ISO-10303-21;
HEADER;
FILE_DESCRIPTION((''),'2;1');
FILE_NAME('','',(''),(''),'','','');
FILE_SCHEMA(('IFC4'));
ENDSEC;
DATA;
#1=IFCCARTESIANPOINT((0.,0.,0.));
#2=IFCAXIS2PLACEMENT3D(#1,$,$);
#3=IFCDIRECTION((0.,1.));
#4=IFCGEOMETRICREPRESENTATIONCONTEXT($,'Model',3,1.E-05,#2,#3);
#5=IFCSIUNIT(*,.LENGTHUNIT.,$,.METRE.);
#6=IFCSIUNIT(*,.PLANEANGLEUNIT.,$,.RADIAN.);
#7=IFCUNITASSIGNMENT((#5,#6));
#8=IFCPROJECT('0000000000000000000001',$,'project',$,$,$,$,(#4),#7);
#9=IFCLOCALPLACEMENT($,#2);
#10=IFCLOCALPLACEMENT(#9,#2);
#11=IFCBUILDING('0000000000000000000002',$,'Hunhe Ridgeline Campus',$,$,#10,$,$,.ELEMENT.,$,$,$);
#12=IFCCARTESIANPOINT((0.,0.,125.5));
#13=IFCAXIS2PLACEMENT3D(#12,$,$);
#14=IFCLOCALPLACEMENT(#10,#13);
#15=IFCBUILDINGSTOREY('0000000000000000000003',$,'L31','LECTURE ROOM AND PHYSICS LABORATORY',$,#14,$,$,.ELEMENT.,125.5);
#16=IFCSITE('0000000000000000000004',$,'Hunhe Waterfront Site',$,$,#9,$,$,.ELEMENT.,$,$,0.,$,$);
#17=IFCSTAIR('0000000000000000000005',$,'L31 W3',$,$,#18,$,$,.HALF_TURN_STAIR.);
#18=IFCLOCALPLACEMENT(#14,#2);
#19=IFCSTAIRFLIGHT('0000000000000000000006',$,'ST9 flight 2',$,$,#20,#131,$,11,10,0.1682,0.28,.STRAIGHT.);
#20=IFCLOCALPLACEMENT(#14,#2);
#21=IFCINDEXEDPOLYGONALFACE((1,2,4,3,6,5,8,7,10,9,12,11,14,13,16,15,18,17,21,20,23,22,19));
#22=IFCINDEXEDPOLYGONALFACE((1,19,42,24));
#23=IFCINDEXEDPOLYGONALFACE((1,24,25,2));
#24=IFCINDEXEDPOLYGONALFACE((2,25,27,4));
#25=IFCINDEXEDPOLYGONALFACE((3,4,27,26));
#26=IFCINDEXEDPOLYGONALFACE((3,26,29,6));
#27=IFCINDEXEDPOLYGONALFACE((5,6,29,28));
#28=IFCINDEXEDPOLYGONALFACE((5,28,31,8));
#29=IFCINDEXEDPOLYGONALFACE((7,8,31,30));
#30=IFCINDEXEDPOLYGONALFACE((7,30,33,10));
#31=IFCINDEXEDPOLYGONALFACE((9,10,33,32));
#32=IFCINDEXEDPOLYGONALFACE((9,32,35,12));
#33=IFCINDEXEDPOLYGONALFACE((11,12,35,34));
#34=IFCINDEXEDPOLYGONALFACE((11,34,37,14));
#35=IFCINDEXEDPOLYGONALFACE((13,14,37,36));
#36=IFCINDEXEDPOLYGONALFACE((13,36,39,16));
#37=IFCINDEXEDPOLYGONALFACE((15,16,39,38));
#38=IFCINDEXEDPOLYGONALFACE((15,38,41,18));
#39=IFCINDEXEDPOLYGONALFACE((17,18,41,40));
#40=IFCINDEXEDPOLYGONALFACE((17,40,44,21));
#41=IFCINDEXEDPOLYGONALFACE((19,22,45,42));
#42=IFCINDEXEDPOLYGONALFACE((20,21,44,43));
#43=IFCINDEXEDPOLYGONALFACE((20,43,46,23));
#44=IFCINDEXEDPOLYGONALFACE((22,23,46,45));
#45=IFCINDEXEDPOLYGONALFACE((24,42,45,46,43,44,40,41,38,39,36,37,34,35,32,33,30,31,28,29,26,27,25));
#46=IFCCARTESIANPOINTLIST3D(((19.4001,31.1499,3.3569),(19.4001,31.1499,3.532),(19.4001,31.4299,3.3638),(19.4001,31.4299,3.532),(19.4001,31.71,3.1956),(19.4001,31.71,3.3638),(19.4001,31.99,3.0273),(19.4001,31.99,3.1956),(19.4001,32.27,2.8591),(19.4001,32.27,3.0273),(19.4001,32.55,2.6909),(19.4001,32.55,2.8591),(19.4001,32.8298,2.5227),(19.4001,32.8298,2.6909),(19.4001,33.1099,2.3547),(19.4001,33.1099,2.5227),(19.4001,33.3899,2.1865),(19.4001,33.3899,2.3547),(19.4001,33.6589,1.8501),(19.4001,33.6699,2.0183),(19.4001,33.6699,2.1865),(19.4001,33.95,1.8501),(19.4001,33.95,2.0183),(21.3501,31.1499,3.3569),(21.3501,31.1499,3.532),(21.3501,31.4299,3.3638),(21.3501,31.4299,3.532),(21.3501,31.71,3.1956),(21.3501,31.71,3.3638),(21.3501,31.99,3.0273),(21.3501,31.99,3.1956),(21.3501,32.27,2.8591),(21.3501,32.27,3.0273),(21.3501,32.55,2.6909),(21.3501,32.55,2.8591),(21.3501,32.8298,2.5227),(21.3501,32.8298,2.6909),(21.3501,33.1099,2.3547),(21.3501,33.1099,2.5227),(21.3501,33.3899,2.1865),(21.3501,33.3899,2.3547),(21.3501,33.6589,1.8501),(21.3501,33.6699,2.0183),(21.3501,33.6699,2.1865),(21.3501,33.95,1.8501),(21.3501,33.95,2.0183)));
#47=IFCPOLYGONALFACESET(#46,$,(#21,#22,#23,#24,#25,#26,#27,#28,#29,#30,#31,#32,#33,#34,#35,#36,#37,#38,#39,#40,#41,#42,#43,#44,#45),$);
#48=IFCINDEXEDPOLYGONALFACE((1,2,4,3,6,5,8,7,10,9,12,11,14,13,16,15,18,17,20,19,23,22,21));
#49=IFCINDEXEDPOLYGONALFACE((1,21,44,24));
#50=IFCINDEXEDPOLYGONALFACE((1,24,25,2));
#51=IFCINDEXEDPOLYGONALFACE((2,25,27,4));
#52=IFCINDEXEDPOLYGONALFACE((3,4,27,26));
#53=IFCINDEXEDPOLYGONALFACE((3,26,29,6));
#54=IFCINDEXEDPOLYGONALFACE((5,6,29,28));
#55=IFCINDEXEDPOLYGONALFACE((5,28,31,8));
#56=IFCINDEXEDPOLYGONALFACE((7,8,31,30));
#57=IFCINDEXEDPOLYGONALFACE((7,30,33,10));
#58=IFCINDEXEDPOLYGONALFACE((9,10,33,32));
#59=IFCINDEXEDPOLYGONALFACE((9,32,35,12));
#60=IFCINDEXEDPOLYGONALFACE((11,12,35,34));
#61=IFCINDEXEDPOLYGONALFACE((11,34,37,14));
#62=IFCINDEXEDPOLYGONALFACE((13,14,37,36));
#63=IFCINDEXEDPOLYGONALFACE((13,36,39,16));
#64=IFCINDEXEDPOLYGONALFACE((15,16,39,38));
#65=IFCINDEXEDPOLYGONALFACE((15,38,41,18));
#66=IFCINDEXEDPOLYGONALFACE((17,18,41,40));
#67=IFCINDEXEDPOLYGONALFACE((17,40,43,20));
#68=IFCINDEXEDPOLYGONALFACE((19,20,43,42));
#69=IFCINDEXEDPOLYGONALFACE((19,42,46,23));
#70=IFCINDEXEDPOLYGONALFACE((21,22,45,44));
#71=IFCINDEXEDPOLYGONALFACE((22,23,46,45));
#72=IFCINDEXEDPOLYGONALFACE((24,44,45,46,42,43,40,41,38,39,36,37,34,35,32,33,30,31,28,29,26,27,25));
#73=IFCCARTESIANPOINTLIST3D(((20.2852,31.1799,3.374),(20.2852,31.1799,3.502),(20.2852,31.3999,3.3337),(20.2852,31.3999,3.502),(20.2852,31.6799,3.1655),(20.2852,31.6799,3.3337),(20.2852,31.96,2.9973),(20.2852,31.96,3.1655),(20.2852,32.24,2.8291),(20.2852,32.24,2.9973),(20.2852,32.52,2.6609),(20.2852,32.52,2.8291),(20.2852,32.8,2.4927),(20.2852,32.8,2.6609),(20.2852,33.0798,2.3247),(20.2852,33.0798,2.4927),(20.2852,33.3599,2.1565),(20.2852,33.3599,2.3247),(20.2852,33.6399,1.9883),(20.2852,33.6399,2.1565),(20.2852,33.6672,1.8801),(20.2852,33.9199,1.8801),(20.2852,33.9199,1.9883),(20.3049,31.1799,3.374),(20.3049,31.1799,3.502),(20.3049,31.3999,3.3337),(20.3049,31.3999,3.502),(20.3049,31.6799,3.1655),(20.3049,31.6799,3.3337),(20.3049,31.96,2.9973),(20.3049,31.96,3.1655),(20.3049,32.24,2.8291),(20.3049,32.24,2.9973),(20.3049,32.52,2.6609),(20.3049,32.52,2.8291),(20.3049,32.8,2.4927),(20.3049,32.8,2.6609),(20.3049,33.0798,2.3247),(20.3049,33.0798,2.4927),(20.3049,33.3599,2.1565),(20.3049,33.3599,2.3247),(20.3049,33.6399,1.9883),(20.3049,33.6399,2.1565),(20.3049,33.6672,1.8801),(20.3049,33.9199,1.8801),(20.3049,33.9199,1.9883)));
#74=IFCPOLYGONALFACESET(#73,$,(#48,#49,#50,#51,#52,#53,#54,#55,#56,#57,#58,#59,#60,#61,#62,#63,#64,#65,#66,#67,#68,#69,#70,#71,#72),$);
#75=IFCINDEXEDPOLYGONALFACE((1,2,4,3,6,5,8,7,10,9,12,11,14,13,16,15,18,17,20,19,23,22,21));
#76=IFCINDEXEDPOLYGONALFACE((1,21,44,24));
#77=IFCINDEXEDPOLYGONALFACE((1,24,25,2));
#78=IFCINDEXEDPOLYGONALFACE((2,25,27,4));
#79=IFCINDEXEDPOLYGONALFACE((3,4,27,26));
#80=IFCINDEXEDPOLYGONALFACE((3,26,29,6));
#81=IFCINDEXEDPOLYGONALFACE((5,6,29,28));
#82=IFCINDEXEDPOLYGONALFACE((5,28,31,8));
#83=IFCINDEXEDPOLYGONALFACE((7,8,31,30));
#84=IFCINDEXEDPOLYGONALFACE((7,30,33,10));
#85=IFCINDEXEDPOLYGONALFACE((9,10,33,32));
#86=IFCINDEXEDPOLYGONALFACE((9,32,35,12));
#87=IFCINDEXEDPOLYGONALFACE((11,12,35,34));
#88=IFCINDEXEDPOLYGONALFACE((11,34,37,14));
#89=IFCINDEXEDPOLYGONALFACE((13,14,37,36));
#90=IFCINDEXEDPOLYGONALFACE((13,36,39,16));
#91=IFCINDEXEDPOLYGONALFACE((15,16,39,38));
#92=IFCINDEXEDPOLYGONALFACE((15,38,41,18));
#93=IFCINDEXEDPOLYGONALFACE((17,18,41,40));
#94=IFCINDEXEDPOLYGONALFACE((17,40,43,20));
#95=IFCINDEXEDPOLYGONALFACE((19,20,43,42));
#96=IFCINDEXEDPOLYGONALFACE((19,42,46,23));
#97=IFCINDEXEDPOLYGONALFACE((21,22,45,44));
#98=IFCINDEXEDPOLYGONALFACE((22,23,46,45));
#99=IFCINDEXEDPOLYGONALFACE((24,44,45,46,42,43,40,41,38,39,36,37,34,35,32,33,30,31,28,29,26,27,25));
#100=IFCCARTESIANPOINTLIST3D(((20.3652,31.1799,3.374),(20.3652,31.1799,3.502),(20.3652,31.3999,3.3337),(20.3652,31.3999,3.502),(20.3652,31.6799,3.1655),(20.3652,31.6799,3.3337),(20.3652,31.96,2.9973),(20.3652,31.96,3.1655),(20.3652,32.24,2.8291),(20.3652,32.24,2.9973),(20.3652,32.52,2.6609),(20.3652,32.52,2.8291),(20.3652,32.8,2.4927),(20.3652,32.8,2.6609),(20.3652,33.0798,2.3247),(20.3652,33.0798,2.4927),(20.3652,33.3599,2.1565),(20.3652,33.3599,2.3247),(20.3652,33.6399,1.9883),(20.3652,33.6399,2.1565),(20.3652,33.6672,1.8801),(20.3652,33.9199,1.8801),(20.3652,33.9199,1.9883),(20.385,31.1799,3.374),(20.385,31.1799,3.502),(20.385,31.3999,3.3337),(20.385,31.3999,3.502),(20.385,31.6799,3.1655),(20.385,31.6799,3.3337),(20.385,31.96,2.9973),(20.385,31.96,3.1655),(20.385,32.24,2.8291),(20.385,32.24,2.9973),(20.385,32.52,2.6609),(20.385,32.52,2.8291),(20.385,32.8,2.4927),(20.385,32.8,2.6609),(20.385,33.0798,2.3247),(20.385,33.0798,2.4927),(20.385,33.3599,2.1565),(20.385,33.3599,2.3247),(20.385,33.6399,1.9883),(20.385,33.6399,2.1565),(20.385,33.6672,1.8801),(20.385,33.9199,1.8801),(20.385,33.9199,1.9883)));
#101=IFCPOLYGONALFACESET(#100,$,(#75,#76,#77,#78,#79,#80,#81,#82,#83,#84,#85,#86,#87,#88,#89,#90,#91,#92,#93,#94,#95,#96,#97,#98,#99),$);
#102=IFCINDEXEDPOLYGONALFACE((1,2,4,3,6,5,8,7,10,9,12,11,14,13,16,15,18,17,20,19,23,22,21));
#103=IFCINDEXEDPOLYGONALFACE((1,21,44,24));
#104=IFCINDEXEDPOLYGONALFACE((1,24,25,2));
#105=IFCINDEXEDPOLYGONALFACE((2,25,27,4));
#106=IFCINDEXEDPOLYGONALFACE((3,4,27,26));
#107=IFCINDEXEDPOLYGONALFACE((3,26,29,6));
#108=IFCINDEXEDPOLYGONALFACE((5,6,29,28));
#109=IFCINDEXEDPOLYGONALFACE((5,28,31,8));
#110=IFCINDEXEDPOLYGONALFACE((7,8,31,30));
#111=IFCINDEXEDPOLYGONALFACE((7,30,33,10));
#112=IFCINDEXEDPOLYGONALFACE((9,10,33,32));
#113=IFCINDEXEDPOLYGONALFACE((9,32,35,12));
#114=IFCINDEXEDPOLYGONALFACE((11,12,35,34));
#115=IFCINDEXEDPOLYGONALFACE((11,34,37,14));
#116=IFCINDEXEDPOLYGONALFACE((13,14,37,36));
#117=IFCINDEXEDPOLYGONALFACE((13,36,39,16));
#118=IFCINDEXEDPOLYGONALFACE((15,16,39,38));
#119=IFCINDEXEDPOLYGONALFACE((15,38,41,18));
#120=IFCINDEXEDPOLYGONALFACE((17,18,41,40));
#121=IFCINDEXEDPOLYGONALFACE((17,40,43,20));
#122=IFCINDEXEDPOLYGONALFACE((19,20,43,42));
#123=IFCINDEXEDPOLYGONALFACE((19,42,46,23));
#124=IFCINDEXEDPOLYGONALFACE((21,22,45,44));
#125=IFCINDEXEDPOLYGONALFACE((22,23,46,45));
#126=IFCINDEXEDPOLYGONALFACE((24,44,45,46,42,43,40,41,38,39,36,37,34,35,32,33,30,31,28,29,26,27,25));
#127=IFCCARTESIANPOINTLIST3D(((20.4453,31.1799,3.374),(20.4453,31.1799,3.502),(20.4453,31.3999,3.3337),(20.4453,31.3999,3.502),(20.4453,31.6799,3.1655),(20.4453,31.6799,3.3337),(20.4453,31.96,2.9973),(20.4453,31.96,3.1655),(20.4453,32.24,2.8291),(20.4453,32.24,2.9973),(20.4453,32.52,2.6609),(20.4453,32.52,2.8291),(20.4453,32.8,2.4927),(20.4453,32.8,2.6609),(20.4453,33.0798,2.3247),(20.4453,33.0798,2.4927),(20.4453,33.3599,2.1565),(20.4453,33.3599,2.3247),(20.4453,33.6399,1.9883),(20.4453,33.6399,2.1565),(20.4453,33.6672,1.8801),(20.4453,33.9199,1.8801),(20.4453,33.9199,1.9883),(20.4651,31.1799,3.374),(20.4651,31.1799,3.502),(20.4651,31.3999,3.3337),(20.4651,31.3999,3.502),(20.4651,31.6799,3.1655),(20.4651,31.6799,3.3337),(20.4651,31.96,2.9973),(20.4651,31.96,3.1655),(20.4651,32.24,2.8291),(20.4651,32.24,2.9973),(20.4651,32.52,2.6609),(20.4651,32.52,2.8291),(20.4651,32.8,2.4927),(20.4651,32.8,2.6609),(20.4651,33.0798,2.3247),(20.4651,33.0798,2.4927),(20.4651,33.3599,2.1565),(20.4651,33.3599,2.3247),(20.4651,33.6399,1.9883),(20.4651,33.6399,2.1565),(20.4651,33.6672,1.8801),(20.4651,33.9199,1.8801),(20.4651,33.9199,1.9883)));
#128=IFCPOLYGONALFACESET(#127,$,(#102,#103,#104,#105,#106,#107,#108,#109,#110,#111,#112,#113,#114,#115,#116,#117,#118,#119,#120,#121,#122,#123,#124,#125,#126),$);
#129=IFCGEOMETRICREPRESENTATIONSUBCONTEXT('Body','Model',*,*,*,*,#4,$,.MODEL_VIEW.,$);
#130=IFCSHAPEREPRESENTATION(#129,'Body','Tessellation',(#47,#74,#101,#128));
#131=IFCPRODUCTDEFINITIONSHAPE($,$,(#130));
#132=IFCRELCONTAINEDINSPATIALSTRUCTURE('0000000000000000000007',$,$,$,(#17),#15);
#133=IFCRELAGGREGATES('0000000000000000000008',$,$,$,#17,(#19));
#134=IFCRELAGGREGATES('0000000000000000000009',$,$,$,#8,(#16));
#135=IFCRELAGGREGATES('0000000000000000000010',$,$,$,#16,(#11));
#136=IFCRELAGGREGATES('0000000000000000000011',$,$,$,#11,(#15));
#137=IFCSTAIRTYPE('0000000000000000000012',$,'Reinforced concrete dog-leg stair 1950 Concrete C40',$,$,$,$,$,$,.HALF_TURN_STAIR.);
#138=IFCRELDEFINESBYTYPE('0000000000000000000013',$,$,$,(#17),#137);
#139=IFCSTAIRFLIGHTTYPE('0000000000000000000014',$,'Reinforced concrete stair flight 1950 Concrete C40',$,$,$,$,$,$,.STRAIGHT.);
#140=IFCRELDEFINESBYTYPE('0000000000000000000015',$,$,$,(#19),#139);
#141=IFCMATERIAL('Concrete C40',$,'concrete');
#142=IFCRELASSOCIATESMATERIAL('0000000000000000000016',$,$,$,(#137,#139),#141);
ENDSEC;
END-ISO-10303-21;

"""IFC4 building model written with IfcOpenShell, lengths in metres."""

from ifc_helpers import new_model, si_unit, direction, frame, origin, place, context, subcontext, project, spatial, polyline, outline, extrude, material, type_object, element, aggregate, save


model = new_model("IFC4")

# Units and contexts
model_context = context("Model", 3, precision=1e-05, world=origin(), true_north=direction((0.0, 1.0)))
body_context = subcontext(model_context, "Body", "Model", "MODEL_VIEW")
ifc_project = project(units=[si_unit("LENGTHUNIT", "METRE"), si_unit("PLANEANGLEUNIT", "RADIAN")], contexts=[model_context])

# Site, building, storey
site_placement = place(None, origin())
site = spatial("IfcSite", under=ifc_project, at=site_placement, Name="Hunhe Waterfront Site", CompositionType="ELEMENT", RefElevation=0.0)
building_placement = place(site_placement, origin())
building = spatial("IfcBuilding", under=site, at=building_placement, Name="Hunhe Ridgeline Campus", CompositionType="ELEMENT")
storey_placement = place(building_placement, frame((0.0, 0.0, 125.5)))
storey = spatial("IfcBuildingStorey", under=building, at=storey_placement, Name="L31", Description="LECTURE ROOM AND PHYSICS LABORATORY", CompositionType="ELEMENT", Elevation=125.5)

# Stair, stair flight
ifc_material_1 = material(Name="Concrete C40", Category="concrete")
stair_type = type_object("IfcStairType", Name="Reinforced concrete dog-leg stair 1950 Concrete C40", PredefinedType="HALF_TURN_STAIR", material=ifc_material_1)
stair_placement = place(storey_placement, origin())
stair = element("IfcStair", 1, at=stair_placement, inside=storey, type_object=stair_type, Name="L31 W3", PredefinedType="HALF_TURN_STAIR")
stair_flight_type = type_object("IfcStairFlightType", Name="Reinforced concrete stair flight 1950 Concrete C40", PredefinedType="STRAIGHT", material=ifc_material_1)
stair_flight_placement = place(storey_placement, frame((20.375, 33.95, 1.8501), z_axis=(0.0, 0.0, 1.0), x_axis=(0.0, -1.0, 0.0)))
stair_flight = element("IfcStairFlight", 2, at=stair_flight_placement, type_object=stair_flight_type, Name="ST9 flight 2", NumberOfRisers=11, NumberOfTreads=10, PredefinedType="STRAIGHT", RiserHeight=0.1682, TreadLength=0.28, context=body_context, shape_type="SweptSolid", body=[
    extrude(outline(polyline([(0.0, 0.0), (0.0, 0.1682), (0.28, 0.1682), (0.28, 0.3364), (0.5601, 0.3364), (0.5601, 0.5046), (0.8401, 0.5046), (0.8401, 0.6726), (1.1201, 0.6726), (1.1201, 0.8408), (1.3999, 0.8408), (1.3999, 1.009), (1.6799, 1.009), (1.6799, 1.1772), (1.96, 1.1772), (1.96, 1.3455), (2.24, 1.3455), (2.24, 1.5137), (2.52, 1.5137), (2.52, 1.6819), (2.8, 1.6819), (2.8, 1.8501), (2.8, 1.5068), (0.291, 0.0), (0.0, 0.0)])), frame((0.0, 0.9751, 0.0), z_axis=(0.0, -1.0, 0.0), x_axis=(1.0, 0.0, 0.0)), (0.0, 0.0, 1.0), 1.95),
    extrude(outline(polyline([(0.03, 0.03), (0.03, 0.1382), (0.3101, 0.1382), (0.3101, 0.3064), (0.5901, 0.3064), (0.5901, 0.4746), (0.8701, 0.4746), (0.8701, 0.6426), (1.1499, 0.6426), (1.1499, 0.8108), (1.4299, 0.8108), (1.4299, 0.979), (1.71, 0.979), (1.71, 1.1472), (1.99, 1.1472), (1.99, 1.3154), (2.27, 1.3154), (2.27, 1.4836), (2.55, 1.4836), (2.55, 1.6519), (2.77, 1.6519), (2.77, 1.5239), (0.2827, 0.03), (0.03, 0.03)])), frame((0.0, -0.0701, 0.0), z_axis=(0.0, -1.0, 0.0), x_axis=(1.0, 0.0, 0.0)), (0.0, 0.0, 1.0), 0.0198),
    extrude(outline(polyline([(0.03, 0.03), (0.03, 0.1382), (0.3101, 0.1382), (0.3101, 0.3064), (0.5901, 0.3064), (0.5901, 0.4746), (0.8701, 0.4746), (0.8701, 0.6426), (1.1499, 0.6426), (1.1499, 0.8108), (1.4299, 0.8108), (1.4299, 0.979), (1.71, 0.979), (1.71, 1.1472), (1.99, 1.1472), (1.99, 1.3154), (2.27, 1.3154), (2.27, 1.4836), (2.55, 1.4836), (2.55, 1.6519), (2.77, 1.6519), (2.77, 1.5239), (0.2827, 0.03), (0.03, 0.03)])), frame((0.0, 0.01, 0.0), z_axis=(0.0, -1.0, 0.0), x_axis=(1.0, 0.0, 0.0)), (0.0, 0.0, 1.0), 0.0198),
    extrude(outline(polyline([(0.03, 0.03), (0.03, 0.1382), (0.3101, 0.1382), (0.3101, 0.3064), (0.5901, 0.3064), (0.5901, 0.4746), (0.8701, 0.4746), (0.8701, 0.6426), (1.1499, 0.6426), (1.1499, 0.8108), (1.4299, 0.8108), (1.4299, 0.979), (1.71, 0.979), (1.71, 1.1472), (1.99, 1.1472), (1.99, 1.3154), (2.27, 1.3154), (2.27, 1.4836), (2.55, 1.4836), (2.55, 1.6519), (2.77, 1.6519), (2.77, 1.5239), (0.2827, 0.03), (0.03, 0.03)])), frame((0.0, 0.0901, 0.0), z_axis=(0.0, -1.0, 0.0), x_axis=(1.0, 0.0, 0.0)), (0.0, 0.0, 1.0), 0.0198),
])
aggregate(stair, [stair_flight])

save(model, "model.ifc")
